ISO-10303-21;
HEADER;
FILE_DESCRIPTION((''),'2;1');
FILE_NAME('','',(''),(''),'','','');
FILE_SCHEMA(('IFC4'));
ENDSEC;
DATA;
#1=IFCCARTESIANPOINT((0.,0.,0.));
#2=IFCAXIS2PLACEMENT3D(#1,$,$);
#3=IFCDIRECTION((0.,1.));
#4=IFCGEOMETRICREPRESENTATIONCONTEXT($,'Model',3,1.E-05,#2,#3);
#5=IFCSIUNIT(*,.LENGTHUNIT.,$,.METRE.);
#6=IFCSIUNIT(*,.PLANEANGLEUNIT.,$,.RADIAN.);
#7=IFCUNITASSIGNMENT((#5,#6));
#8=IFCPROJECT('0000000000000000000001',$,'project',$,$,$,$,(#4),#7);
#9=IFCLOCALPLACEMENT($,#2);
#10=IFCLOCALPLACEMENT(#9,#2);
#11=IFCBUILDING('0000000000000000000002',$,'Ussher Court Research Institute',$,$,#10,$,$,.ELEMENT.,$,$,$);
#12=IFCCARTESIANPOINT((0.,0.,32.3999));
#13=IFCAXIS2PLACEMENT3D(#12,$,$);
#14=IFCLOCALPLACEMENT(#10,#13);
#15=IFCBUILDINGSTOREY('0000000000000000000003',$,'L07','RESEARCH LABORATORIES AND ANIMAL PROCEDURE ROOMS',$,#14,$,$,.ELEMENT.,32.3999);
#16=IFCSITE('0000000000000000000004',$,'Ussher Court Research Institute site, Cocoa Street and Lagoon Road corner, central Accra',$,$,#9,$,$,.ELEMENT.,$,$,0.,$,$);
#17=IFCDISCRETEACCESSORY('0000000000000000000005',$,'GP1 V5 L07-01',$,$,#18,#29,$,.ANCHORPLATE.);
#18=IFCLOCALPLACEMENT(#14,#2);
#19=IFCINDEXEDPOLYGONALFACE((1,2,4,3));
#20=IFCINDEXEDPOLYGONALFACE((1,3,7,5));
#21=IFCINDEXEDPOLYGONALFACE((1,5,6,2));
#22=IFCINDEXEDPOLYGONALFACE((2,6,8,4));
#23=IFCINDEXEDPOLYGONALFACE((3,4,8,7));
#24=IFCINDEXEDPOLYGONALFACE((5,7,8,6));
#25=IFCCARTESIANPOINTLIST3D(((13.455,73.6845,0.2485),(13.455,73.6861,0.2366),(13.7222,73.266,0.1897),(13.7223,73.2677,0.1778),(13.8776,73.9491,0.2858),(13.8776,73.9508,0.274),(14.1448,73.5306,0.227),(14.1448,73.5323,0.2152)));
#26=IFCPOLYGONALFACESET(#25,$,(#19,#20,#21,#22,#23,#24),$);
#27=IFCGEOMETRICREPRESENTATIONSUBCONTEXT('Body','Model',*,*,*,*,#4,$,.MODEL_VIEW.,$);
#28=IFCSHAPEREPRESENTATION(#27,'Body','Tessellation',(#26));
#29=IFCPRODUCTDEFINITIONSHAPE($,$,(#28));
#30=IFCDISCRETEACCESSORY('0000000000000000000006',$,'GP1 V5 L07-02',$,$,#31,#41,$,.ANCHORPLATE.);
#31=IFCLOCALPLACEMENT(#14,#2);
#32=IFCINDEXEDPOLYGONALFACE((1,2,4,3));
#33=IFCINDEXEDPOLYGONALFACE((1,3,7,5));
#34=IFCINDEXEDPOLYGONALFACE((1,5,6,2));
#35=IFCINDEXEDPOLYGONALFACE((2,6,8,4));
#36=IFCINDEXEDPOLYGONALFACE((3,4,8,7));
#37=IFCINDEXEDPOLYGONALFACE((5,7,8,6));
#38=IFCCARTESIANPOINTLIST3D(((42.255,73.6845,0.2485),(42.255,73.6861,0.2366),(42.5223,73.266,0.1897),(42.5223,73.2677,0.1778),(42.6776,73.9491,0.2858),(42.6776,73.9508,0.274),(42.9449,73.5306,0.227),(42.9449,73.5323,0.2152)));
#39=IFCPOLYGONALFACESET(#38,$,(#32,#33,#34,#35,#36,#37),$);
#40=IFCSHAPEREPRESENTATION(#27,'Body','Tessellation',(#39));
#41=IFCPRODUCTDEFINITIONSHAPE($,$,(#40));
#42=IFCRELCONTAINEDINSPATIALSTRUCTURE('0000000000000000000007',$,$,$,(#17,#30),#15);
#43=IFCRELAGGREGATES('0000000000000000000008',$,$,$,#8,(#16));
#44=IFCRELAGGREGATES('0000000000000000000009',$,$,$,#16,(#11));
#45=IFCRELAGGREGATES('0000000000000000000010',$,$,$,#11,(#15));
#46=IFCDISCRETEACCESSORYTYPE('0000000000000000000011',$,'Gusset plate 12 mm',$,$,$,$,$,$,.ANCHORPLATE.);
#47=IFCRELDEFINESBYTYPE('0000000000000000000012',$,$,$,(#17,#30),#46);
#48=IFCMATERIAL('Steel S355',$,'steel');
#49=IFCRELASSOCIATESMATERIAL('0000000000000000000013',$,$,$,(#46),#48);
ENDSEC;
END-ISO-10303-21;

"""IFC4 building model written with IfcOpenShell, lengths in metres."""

from ifc_helpers import new_model, si_unit, direction, frame, origin, origin_2d, place, context, subcontext, project, spatial, rectangle, extrude, material, material_profile, profile_set, type_object, element, save


model = new_model("IFC4")

# Units and contexts
model_context = context("Model", 3, precision=1e-05, world=origin(), true_north=direction((0.0, 1.0)))
body_context = subcontext(model_context, "Body", "Model", "MODEL_VIEW")
ifc_project = project(units=[si_unit("LENGTHUNIT", "METRE"), si_unit("PLANEANGLEUNIT", "RADIAN")], contexts=[model_context])

# Site, building, storey
site_placement = place(None, origin())
site = spatial("IfcSite", under=ifc_project, at=site_placement, Name="Ussher Court Research Institute site, Cocoa Street and Lagoon Road corner, central Accra", CompositionType="ELEMENT", RefElevation=0.0)
building_placement = place(site_placement, origin())
building = spatial("IfcBuilding", under=site, at=building_placement, Name="Ussher Court Research Institute", CompositionType="ELEMENT")
storey_placement = place(building_placement, frame((0.0, 0.0, 32.3999)))
storey = spatial("IfcBuildingStorey", under=building, at=storey_placement, Name="L07", Description="RESEARCH LABORATORIES AND ANIMAL PROCEDURE ROOMS", CompositionType="ELEMENT", Elevation=32.3999)

# Discrete accessories
ifc_material_1 = material(Name="Steel S355", Category="steel")
ifc_material_profile_1 = material_profile(ifc_material_1, rectangle(XDim=0.5, YDim=0.012, at=origin_2d()), Name="PL 500x12")
ifc_profile_set_1 = profile_set([ifc_material_profile_1], Name="Steel S355")
discrete_accessory_type_1 = type_object("IfcDiscreteAccessoryType", Name="Gusset plate 12 mm", PredefinedType="ANCHORPLATE", material=ifc_profile_set_1)
for number, where, z_axis, x_axis, name in (
    (1, (13.5886, 73.4761, 0.2131), (0.845162, 0.529264, 0.074702), (0.53451, -0.83694, -0.117603), "GP1 V5 L07-01"),
    (2, (42.3887, 73.4761, 0.2131), (0.845162, 0.529264, 0.074702), (0.53451, -0.83694, -0.117603), "GP1 V5 L07-02"),
):
    element("IfcDiscreteAccessory", number, at=place(storey_placement, frame(where, z_axis=z_axis, x_axis=x_axis)), inside=storey, type_object=discrete_accessory_type_1, Name=name, PredefinedType="ANCHORPLATE", context=body_context, shape_type="SweptSolid", body=[
        extrude(rectangle(XDim=0.5, YDim=0.012, at=origin_2d()), origin(), (0.0, 0.0, 1.0), 0.5),
    ])

save(model, "model.ifc")
